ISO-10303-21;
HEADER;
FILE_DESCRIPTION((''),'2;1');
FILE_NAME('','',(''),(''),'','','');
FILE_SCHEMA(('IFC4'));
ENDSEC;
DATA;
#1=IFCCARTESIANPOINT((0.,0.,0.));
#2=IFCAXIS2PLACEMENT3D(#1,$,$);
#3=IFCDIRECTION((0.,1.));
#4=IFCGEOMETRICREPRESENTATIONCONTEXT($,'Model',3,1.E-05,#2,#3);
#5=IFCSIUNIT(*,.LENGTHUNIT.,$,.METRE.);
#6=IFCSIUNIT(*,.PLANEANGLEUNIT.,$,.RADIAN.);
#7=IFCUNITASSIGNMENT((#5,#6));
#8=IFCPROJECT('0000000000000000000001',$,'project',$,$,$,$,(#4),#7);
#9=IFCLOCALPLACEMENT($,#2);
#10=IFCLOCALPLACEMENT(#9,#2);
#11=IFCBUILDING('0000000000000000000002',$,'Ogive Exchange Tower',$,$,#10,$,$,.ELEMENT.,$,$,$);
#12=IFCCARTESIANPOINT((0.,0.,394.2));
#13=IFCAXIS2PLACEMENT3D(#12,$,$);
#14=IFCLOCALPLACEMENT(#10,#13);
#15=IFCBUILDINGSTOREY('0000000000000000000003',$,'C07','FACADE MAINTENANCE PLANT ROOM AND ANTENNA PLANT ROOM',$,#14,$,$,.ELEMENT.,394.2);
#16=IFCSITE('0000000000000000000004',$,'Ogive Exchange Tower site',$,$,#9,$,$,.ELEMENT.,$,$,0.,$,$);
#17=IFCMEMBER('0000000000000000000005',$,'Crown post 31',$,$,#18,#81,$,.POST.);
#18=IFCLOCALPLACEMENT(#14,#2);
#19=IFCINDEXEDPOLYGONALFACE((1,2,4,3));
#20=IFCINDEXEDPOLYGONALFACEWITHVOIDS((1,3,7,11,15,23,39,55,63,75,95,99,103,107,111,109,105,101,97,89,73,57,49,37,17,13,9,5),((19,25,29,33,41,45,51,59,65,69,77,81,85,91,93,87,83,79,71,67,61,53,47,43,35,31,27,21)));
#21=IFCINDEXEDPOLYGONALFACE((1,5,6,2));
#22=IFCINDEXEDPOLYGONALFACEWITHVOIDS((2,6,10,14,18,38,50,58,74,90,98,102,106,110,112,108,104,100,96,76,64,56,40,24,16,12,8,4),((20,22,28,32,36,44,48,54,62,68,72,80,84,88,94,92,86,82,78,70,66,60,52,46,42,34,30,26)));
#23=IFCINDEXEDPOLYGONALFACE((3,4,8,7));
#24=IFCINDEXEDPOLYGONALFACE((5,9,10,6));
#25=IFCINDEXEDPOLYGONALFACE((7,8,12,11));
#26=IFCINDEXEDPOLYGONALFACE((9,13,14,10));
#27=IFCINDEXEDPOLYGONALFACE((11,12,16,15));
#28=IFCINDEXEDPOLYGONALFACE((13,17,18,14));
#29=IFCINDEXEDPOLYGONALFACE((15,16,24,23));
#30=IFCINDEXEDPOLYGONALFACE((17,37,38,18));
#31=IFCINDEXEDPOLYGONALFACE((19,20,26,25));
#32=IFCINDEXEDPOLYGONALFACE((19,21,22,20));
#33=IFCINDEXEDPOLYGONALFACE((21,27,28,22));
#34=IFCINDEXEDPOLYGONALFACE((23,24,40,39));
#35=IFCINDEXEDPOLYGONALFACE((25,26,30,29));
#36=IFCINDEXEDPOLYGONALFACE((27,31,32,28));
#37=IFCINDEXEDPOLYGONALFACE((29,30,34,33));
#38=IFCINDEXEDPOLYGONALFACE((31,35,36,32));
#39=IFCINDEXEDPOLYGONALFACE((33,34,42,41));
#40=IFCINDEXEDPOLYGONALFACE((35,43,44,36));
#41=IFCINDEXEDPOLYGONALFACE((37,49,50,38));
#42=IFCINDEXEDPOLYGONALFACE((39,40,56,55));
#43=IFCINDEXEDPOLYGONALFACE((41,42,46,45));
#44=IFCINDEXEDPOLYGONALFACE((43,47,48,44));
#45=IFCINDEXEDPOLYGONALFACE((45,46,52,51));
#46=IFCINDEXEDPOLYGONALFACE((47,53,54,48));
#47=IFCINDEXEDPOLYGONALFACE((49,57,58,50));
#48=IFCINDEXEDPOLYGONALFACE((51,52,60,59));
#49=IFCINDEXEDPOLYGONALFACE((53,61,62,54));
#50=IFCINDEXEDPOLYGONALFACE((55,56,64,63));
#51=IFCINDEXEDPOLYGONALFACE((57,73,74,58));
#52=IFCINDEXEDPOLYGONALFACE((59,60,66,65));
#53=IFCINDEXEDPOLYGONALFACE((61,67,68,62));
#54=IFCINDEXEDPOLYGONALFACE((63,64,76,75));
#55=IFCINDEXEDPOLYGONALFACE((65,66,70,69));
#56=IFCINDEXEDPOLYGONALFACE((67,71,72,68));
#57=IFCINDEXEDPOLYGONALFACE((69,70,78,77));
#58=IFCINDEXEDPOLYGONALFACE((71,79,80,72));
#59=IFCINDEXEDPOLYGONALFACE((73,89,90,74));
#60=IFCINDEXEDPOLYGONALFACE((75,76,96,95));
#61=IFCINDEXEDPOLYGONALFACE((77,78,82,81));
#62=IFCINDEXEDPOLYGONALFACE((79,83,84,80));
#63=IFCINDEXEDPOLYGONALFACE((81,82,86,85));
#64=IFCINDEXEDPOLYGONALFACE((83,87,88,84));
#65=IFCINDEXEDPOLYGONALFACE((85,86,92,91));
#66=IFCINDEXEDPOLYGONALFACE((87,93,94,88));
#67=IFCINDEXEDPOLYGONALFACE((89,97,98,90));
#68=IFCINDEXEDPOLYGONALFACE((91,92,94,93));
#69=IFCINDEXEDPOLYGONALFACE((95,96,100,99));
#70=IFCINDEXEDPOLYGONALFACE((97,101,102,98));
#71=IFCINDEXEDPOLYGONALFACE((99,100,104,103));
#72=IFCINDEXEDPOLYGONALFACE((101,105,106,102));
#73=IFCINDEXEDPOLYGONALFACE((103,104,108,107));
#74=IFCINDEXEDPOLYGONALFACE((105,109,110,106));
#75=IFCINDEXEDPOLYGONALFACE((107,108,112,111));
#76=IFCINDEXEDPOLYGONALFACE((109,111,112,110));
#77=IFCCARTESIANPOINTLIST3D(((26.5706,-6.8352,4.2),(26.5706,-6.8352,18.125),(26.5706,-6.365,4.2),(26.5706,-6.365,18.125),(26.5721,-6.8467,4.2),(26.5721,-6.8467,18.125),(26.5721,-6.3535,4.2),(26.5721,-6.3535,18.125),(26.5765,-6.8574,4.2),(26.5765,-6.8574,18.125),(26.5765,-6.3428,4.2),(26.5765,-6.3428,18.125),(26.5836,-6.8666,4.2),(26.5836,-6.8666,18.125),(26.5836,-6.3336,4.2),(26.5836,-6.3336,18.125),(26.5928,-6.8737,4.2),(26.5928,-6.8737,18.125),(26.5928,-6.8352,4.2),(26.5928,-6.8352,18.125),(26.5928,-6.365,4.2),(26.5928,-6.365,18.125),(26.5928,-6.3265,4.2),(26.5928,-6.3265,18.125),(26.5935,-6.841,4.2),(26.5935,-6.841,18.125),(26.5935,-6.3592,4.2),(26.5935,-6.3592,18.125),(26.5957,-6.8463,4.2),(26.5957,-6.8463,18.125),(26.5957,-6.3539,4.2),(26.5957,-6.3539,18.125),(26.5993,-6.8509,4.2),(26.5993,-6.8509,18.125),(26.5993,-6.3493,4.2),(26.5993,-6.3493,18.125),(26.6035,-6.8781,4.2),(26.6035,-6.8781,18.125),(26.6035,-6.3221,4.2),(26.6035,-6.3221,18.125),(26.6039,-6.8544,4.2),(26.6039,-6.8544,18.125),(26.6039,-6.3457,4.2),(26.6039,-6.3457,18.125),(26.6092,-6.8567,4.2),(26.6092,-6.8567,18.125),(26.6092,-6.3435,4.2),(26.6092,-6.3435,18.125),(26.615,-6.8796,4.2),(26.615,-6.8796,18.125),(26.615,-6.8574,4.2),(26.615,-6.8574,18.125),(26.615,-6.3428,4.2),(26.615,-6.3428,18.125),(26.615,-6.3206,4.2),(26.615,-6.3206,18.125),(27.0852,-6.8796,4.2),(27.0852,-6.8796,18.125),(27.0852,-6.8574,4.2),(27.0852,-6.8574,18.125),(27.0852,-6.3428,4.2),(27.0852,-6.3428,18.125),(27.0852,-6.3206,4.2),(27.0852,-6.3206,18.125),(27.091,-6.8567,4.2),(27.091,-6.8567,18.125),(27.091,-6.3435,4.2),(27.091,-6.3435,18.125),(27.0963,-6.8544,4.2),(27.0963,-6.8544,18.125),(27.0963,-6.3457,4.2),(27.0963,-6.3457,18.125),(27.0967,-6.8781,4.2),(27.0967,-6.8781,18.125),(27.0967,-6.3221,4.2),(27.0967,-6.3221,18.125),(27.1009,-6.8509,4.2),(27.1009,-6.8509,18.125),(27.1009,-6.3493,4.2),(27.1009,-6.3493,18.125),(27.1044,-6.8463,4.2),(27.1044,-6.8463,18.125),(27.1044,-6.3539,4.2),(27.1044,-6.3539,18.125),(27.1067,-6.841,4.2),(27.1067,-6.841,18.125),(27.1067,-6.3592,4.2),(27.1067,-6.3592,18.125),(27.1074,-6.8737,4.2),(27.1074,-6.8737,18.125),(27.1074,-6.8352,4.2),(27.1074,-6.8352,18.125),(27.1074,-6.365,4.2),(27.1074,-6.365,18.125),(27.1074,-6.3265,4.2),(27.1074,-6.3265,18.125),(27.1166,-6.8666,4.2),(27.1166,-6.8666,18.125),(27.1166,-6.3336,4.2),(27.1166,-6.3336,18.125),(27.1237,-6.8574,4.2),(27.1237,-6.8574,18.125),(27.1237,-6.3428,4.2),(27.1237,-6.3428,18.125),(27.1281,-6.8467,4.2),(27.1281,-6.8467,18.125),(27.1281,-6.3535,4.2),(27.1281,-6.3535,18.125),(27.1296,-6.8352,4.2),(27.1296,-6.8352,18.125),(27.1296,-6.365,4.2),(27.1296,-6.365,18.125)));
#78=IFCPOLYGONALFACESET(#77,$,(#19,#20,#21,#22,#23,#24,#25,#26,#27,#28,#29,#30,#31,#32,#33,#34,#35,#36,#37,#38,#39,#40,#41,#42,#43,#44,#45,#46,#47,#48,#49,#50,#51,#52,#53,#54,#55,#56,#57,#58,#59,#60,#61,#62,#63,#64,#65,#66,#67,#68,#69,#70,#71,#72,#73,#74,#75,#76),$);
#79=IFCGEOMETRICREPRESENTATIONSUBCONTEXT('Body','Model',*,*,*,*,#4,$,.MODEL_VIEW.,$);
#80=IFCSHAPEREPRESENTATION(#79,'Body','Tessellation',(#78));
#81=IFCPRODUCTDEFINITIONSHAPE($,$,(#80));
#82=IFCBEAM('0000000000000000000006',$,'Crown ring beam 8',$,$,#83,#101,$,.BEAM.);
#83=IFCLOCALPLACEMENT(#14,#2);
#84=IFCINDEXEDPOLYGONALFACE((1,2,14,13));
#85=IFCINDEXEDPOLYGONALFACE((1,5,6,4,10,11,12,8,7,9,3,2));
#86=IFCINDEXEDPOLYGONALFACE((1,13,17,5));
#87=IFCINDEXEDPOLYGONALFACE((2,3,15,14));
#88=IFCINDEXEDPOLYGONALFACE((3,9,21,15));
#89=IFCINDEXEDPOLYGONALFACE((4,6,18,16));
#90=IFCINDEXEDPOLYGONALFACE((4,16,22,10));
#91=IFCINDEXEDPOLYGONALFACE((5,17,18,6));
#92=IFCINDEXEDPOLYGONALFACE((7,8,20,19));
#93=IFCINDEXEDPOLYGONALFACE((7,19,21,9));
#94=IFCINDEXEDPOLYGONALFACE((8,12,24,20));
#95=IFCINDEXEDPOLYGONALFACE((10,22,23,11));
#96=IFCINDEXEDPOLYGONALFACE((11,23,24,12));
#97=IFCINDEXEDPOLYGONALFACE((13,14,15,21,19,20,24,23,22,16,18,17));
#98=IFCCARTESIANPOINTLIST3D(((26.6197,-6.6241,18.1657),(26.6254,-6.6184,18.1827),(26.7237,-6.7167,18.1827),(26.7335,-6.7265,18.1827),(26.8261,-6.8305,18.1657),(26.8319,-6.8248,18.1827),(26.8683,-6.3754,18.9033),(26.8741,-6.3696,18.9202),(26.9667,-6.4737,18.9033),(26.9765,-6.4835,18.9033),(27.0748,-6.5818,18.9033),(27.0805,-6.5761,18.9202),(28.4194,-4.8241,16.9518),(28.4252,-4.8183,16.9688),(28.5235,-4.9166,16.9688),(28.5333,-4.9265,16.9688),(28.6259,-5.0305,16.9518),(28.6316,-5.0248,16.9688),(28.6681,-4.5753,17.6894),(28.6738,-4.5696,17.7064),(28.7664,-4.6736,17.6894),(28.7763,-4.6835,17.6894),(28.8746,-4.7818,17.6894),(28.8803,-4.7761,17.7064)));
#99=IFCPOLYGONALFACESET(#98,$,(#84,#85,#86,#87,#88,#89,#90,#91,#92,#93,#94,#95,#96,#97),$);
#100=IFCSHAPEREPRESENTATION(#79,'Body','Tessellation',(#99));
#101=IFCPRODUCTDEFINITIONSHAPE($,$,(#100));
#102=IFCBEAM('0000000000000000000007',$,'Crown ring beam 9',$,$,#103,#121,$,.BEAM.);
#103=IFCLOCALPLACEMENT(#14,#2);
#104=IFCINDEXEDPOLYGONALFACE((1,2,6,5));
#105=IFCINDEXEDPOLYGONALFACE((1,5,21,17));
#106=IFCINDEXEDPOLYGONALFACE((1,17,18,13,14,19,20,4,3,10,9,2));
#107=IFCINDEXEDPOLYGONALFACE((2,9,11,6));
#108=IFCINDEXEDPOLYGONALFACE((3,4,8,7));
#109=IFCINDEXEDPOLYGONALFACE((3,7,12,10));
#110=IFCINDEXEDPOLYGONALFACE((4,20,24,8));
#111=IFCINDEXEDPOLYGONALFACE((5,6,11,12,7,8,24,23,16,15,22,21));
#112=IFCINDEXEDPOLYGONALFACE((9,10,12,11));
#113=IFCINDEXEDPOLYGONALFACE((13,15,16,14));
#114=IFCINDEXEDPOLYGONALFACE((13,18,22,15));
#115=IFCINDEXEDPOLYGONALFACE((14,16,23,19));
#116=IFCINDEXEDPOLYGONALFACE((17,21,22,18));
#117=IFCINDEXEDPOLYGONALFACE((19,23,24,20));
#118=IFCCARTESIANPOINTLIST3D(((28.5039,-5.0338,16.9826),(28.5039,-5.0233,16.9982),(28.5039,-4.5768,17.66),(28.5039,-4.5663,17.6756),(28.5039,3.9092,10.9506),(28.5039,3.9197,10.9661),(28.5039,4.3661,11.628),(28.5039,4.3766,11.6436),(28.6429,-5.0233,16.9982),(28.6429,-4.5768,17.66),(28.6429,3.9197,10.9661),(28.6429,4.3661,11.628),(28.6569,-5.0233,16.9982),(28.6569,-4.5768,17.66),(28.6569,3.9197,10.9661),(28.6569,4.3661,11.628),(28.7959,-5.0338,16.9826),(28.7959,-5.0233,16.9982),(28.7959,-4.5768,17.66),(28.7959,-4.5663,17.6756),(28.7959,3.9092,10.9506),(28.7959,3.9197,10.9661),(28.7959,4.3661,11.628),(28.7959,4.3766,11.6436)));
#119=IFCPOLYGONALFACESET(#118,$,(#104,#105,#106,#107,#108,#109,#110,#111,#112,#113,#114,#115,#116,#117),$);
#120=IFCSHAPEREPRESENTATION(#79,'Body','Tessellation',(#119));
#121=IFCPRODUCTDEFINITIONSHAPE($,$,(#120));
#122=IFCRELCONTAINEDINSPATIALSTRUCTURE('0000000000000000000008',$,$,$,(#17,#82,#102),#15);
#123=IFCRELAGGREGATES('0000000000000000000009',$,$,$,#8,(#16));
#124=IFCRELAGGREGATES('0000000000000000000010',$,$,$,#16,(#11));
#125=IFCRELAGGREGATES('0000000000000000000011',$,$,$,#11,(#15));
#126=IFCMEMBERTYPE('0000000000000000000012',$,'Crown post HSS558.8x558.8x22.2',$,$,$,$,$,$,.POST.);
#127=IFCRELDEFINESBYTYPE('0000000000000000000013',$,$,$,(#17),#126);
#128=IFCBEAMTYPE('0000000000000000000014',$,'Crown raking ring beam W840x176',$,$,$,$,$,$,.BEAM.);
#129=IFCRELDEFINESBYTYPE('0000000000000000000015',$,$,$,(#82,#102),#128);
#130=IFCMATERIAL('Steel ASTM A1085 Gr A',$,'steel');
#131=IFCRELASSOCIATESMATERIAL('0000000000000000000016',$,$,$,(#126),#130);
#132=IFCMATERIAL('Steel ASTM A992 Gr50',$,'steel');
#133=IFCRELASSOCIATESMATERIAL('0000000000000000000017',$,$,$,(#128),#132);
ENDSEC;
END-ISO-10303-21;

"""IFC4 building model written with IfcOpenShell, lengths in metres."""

from ifc_helpers import new_model, si_unit, direction, frame, origin, origin_2d, place, context, subcontext, project, spatial, hollow_rectangle, i_section, extrude, material, material_profile, profile_set, type_object, element, save


model = new_model("IFC4")

# Units and contexts
model_context = context("Model", 3, precision=1e-05, world=origin(), true_north=direction((0.0, 1.0)))
body_context = subcontext(model_context, "Body", "Model", "MODEL_VIEW")
ifc_project = project(units=[si_unit("LENGTHUNIT", "METRE"), si_unit("PLANEANGLEUNIT", "RADIAN")], contexts=[model_context])

# Site, building, storey
site_placement = place(None, origin())
site = spatial("IfcSite", under=ifc_project, at=site_placement, Name="Ogive Exchange Tower site", CompositionType="ELEMENT", RefElevation=0.0)
building_placement = place(site_placement, origin())
building = spatial("IfcBuilding", under=site, at=building_placement, Name="Ogive Exchange Tower", CompositionType="ELEMENT")
storey_placement = place(building_placement, frame((0.0, 0.0, 394.2)))
storey = spatial("IfcBuildingStorey", under=building, at=storey_placement, Name="C07", Description="FACADE MAINTENANCE PLANT ROOM AND ANTENNA PLANT ROOM", CompositionType="ELEMENT", Elevation=394.2)

# Member
ifc_material_1 = material(Name="Steel ASTM A1085 Gr A", Category="steel")
ifc_material_profile_1 = material_profile(ifc_material_1, hollow_rectangle(XDim=0.5591, YDim=0.5591, WallThickness=0.0222, InnerFilletRadius=0.0222, OuterFilletRadius=0.0444, at=origin_2d()), Name="HSS558.8x558.8x22.2")
ifc_profile_set_1 = profile_set([ifc_material_profile_1], Name="Steel ASTM A1085 Gr A")
member_type = type_object("IfcMemberType", Name="Crown post HSS558.8x558.8x22.2", PredefinedType="POST", material=ifc_profile_set_1)
member_1_placement = place(storey_placement, frame((26.8501, -6.6001, 4.2), z_axis=(0.0, 0.0, 1.0), x_axis=(1.0, 0.0, 0.0)))
element("IfcMember", 1, at=member_1_placement, inside=storey, type_object=member_type, Name="Crown post 31", PredefinedType="POST", context=body_context, shape_type="SweptSolid", body=[
    extrude(hollow_rectangle(XDim=0.5591, YDim=0.5591, WallThickness=0.0222, InnerFilletRadius=0.0222, OuterFilletRadius=0.0444, at=origin_2d()), origin(), (0.0, 0.0, 1.0), 13.925),
])

# Beams
ifc_material_2 = material(Name="Steel ASTM A992 Gr50", Category="steel")
ifc_material_profile_2 = material_profile(ifc_material_2, i_section(OverallWidth=0.292, OverallDepth=0.8359, WebThickness=0.0139, FlangeThickness=0.0188, at=origin_2d()), Name="W840x176")
ifc_profile_set_2 = profile_set([ifc_material_profile_2], Name="Steel ASTM A992 Gr50")
beam_type = type_object("IfcBeamType", Name="Crown raking ring beam W840x176", PredefinedType="BEAM", material=ifc_profile_set_2)
beam_1_placement = place(storey_placement, frame((26.8501, -6.6001, 18.543), z_axis=(0.638207, 0.638293, -0.430435), x_axis=(-0.707155, 0.707059, 0.0)))
element("IfcBeam", 2, at=beam_1_placement, inside=storey, type_object=beam_type, Name="Crown ring beam 8", PredefinedType="BEAM", context=body_context, shape_type="SweptSolid", body=[
    extrude(i_section(OverallWidth=0.292, OverallDepth=0.8359, WebThickness=0.0139, FlangeThickness=0.0188, at=origin_2d()), origin(), (0.0, 0.0, 1.0), 2.8201),
])
beam_2_placement = place(storey_placement, frame((28.6499, -4.8, 17.3291), z_axis=(0.0, 0.82904, -0.559189), x_axis=(-1.0, 0.0, 0.0)))
element("IfcBeam", 3, at=beam_2_placement, inside=storey, type_object=beam_type, Name="Crown ring beam 9", PredefinedType="BEAM", context=body_context, shape_type="SweptSolid", body=[
    extrude(i_section(OverallWidth=0.292, OverallDepth=0.8359, WebThickness=0.0139, FlangeThickness=0.0188, at=origin_2d()), origin(), (0.0, 0.0, 1.0), 10.7871),
])

save(model, "model.ifc")
